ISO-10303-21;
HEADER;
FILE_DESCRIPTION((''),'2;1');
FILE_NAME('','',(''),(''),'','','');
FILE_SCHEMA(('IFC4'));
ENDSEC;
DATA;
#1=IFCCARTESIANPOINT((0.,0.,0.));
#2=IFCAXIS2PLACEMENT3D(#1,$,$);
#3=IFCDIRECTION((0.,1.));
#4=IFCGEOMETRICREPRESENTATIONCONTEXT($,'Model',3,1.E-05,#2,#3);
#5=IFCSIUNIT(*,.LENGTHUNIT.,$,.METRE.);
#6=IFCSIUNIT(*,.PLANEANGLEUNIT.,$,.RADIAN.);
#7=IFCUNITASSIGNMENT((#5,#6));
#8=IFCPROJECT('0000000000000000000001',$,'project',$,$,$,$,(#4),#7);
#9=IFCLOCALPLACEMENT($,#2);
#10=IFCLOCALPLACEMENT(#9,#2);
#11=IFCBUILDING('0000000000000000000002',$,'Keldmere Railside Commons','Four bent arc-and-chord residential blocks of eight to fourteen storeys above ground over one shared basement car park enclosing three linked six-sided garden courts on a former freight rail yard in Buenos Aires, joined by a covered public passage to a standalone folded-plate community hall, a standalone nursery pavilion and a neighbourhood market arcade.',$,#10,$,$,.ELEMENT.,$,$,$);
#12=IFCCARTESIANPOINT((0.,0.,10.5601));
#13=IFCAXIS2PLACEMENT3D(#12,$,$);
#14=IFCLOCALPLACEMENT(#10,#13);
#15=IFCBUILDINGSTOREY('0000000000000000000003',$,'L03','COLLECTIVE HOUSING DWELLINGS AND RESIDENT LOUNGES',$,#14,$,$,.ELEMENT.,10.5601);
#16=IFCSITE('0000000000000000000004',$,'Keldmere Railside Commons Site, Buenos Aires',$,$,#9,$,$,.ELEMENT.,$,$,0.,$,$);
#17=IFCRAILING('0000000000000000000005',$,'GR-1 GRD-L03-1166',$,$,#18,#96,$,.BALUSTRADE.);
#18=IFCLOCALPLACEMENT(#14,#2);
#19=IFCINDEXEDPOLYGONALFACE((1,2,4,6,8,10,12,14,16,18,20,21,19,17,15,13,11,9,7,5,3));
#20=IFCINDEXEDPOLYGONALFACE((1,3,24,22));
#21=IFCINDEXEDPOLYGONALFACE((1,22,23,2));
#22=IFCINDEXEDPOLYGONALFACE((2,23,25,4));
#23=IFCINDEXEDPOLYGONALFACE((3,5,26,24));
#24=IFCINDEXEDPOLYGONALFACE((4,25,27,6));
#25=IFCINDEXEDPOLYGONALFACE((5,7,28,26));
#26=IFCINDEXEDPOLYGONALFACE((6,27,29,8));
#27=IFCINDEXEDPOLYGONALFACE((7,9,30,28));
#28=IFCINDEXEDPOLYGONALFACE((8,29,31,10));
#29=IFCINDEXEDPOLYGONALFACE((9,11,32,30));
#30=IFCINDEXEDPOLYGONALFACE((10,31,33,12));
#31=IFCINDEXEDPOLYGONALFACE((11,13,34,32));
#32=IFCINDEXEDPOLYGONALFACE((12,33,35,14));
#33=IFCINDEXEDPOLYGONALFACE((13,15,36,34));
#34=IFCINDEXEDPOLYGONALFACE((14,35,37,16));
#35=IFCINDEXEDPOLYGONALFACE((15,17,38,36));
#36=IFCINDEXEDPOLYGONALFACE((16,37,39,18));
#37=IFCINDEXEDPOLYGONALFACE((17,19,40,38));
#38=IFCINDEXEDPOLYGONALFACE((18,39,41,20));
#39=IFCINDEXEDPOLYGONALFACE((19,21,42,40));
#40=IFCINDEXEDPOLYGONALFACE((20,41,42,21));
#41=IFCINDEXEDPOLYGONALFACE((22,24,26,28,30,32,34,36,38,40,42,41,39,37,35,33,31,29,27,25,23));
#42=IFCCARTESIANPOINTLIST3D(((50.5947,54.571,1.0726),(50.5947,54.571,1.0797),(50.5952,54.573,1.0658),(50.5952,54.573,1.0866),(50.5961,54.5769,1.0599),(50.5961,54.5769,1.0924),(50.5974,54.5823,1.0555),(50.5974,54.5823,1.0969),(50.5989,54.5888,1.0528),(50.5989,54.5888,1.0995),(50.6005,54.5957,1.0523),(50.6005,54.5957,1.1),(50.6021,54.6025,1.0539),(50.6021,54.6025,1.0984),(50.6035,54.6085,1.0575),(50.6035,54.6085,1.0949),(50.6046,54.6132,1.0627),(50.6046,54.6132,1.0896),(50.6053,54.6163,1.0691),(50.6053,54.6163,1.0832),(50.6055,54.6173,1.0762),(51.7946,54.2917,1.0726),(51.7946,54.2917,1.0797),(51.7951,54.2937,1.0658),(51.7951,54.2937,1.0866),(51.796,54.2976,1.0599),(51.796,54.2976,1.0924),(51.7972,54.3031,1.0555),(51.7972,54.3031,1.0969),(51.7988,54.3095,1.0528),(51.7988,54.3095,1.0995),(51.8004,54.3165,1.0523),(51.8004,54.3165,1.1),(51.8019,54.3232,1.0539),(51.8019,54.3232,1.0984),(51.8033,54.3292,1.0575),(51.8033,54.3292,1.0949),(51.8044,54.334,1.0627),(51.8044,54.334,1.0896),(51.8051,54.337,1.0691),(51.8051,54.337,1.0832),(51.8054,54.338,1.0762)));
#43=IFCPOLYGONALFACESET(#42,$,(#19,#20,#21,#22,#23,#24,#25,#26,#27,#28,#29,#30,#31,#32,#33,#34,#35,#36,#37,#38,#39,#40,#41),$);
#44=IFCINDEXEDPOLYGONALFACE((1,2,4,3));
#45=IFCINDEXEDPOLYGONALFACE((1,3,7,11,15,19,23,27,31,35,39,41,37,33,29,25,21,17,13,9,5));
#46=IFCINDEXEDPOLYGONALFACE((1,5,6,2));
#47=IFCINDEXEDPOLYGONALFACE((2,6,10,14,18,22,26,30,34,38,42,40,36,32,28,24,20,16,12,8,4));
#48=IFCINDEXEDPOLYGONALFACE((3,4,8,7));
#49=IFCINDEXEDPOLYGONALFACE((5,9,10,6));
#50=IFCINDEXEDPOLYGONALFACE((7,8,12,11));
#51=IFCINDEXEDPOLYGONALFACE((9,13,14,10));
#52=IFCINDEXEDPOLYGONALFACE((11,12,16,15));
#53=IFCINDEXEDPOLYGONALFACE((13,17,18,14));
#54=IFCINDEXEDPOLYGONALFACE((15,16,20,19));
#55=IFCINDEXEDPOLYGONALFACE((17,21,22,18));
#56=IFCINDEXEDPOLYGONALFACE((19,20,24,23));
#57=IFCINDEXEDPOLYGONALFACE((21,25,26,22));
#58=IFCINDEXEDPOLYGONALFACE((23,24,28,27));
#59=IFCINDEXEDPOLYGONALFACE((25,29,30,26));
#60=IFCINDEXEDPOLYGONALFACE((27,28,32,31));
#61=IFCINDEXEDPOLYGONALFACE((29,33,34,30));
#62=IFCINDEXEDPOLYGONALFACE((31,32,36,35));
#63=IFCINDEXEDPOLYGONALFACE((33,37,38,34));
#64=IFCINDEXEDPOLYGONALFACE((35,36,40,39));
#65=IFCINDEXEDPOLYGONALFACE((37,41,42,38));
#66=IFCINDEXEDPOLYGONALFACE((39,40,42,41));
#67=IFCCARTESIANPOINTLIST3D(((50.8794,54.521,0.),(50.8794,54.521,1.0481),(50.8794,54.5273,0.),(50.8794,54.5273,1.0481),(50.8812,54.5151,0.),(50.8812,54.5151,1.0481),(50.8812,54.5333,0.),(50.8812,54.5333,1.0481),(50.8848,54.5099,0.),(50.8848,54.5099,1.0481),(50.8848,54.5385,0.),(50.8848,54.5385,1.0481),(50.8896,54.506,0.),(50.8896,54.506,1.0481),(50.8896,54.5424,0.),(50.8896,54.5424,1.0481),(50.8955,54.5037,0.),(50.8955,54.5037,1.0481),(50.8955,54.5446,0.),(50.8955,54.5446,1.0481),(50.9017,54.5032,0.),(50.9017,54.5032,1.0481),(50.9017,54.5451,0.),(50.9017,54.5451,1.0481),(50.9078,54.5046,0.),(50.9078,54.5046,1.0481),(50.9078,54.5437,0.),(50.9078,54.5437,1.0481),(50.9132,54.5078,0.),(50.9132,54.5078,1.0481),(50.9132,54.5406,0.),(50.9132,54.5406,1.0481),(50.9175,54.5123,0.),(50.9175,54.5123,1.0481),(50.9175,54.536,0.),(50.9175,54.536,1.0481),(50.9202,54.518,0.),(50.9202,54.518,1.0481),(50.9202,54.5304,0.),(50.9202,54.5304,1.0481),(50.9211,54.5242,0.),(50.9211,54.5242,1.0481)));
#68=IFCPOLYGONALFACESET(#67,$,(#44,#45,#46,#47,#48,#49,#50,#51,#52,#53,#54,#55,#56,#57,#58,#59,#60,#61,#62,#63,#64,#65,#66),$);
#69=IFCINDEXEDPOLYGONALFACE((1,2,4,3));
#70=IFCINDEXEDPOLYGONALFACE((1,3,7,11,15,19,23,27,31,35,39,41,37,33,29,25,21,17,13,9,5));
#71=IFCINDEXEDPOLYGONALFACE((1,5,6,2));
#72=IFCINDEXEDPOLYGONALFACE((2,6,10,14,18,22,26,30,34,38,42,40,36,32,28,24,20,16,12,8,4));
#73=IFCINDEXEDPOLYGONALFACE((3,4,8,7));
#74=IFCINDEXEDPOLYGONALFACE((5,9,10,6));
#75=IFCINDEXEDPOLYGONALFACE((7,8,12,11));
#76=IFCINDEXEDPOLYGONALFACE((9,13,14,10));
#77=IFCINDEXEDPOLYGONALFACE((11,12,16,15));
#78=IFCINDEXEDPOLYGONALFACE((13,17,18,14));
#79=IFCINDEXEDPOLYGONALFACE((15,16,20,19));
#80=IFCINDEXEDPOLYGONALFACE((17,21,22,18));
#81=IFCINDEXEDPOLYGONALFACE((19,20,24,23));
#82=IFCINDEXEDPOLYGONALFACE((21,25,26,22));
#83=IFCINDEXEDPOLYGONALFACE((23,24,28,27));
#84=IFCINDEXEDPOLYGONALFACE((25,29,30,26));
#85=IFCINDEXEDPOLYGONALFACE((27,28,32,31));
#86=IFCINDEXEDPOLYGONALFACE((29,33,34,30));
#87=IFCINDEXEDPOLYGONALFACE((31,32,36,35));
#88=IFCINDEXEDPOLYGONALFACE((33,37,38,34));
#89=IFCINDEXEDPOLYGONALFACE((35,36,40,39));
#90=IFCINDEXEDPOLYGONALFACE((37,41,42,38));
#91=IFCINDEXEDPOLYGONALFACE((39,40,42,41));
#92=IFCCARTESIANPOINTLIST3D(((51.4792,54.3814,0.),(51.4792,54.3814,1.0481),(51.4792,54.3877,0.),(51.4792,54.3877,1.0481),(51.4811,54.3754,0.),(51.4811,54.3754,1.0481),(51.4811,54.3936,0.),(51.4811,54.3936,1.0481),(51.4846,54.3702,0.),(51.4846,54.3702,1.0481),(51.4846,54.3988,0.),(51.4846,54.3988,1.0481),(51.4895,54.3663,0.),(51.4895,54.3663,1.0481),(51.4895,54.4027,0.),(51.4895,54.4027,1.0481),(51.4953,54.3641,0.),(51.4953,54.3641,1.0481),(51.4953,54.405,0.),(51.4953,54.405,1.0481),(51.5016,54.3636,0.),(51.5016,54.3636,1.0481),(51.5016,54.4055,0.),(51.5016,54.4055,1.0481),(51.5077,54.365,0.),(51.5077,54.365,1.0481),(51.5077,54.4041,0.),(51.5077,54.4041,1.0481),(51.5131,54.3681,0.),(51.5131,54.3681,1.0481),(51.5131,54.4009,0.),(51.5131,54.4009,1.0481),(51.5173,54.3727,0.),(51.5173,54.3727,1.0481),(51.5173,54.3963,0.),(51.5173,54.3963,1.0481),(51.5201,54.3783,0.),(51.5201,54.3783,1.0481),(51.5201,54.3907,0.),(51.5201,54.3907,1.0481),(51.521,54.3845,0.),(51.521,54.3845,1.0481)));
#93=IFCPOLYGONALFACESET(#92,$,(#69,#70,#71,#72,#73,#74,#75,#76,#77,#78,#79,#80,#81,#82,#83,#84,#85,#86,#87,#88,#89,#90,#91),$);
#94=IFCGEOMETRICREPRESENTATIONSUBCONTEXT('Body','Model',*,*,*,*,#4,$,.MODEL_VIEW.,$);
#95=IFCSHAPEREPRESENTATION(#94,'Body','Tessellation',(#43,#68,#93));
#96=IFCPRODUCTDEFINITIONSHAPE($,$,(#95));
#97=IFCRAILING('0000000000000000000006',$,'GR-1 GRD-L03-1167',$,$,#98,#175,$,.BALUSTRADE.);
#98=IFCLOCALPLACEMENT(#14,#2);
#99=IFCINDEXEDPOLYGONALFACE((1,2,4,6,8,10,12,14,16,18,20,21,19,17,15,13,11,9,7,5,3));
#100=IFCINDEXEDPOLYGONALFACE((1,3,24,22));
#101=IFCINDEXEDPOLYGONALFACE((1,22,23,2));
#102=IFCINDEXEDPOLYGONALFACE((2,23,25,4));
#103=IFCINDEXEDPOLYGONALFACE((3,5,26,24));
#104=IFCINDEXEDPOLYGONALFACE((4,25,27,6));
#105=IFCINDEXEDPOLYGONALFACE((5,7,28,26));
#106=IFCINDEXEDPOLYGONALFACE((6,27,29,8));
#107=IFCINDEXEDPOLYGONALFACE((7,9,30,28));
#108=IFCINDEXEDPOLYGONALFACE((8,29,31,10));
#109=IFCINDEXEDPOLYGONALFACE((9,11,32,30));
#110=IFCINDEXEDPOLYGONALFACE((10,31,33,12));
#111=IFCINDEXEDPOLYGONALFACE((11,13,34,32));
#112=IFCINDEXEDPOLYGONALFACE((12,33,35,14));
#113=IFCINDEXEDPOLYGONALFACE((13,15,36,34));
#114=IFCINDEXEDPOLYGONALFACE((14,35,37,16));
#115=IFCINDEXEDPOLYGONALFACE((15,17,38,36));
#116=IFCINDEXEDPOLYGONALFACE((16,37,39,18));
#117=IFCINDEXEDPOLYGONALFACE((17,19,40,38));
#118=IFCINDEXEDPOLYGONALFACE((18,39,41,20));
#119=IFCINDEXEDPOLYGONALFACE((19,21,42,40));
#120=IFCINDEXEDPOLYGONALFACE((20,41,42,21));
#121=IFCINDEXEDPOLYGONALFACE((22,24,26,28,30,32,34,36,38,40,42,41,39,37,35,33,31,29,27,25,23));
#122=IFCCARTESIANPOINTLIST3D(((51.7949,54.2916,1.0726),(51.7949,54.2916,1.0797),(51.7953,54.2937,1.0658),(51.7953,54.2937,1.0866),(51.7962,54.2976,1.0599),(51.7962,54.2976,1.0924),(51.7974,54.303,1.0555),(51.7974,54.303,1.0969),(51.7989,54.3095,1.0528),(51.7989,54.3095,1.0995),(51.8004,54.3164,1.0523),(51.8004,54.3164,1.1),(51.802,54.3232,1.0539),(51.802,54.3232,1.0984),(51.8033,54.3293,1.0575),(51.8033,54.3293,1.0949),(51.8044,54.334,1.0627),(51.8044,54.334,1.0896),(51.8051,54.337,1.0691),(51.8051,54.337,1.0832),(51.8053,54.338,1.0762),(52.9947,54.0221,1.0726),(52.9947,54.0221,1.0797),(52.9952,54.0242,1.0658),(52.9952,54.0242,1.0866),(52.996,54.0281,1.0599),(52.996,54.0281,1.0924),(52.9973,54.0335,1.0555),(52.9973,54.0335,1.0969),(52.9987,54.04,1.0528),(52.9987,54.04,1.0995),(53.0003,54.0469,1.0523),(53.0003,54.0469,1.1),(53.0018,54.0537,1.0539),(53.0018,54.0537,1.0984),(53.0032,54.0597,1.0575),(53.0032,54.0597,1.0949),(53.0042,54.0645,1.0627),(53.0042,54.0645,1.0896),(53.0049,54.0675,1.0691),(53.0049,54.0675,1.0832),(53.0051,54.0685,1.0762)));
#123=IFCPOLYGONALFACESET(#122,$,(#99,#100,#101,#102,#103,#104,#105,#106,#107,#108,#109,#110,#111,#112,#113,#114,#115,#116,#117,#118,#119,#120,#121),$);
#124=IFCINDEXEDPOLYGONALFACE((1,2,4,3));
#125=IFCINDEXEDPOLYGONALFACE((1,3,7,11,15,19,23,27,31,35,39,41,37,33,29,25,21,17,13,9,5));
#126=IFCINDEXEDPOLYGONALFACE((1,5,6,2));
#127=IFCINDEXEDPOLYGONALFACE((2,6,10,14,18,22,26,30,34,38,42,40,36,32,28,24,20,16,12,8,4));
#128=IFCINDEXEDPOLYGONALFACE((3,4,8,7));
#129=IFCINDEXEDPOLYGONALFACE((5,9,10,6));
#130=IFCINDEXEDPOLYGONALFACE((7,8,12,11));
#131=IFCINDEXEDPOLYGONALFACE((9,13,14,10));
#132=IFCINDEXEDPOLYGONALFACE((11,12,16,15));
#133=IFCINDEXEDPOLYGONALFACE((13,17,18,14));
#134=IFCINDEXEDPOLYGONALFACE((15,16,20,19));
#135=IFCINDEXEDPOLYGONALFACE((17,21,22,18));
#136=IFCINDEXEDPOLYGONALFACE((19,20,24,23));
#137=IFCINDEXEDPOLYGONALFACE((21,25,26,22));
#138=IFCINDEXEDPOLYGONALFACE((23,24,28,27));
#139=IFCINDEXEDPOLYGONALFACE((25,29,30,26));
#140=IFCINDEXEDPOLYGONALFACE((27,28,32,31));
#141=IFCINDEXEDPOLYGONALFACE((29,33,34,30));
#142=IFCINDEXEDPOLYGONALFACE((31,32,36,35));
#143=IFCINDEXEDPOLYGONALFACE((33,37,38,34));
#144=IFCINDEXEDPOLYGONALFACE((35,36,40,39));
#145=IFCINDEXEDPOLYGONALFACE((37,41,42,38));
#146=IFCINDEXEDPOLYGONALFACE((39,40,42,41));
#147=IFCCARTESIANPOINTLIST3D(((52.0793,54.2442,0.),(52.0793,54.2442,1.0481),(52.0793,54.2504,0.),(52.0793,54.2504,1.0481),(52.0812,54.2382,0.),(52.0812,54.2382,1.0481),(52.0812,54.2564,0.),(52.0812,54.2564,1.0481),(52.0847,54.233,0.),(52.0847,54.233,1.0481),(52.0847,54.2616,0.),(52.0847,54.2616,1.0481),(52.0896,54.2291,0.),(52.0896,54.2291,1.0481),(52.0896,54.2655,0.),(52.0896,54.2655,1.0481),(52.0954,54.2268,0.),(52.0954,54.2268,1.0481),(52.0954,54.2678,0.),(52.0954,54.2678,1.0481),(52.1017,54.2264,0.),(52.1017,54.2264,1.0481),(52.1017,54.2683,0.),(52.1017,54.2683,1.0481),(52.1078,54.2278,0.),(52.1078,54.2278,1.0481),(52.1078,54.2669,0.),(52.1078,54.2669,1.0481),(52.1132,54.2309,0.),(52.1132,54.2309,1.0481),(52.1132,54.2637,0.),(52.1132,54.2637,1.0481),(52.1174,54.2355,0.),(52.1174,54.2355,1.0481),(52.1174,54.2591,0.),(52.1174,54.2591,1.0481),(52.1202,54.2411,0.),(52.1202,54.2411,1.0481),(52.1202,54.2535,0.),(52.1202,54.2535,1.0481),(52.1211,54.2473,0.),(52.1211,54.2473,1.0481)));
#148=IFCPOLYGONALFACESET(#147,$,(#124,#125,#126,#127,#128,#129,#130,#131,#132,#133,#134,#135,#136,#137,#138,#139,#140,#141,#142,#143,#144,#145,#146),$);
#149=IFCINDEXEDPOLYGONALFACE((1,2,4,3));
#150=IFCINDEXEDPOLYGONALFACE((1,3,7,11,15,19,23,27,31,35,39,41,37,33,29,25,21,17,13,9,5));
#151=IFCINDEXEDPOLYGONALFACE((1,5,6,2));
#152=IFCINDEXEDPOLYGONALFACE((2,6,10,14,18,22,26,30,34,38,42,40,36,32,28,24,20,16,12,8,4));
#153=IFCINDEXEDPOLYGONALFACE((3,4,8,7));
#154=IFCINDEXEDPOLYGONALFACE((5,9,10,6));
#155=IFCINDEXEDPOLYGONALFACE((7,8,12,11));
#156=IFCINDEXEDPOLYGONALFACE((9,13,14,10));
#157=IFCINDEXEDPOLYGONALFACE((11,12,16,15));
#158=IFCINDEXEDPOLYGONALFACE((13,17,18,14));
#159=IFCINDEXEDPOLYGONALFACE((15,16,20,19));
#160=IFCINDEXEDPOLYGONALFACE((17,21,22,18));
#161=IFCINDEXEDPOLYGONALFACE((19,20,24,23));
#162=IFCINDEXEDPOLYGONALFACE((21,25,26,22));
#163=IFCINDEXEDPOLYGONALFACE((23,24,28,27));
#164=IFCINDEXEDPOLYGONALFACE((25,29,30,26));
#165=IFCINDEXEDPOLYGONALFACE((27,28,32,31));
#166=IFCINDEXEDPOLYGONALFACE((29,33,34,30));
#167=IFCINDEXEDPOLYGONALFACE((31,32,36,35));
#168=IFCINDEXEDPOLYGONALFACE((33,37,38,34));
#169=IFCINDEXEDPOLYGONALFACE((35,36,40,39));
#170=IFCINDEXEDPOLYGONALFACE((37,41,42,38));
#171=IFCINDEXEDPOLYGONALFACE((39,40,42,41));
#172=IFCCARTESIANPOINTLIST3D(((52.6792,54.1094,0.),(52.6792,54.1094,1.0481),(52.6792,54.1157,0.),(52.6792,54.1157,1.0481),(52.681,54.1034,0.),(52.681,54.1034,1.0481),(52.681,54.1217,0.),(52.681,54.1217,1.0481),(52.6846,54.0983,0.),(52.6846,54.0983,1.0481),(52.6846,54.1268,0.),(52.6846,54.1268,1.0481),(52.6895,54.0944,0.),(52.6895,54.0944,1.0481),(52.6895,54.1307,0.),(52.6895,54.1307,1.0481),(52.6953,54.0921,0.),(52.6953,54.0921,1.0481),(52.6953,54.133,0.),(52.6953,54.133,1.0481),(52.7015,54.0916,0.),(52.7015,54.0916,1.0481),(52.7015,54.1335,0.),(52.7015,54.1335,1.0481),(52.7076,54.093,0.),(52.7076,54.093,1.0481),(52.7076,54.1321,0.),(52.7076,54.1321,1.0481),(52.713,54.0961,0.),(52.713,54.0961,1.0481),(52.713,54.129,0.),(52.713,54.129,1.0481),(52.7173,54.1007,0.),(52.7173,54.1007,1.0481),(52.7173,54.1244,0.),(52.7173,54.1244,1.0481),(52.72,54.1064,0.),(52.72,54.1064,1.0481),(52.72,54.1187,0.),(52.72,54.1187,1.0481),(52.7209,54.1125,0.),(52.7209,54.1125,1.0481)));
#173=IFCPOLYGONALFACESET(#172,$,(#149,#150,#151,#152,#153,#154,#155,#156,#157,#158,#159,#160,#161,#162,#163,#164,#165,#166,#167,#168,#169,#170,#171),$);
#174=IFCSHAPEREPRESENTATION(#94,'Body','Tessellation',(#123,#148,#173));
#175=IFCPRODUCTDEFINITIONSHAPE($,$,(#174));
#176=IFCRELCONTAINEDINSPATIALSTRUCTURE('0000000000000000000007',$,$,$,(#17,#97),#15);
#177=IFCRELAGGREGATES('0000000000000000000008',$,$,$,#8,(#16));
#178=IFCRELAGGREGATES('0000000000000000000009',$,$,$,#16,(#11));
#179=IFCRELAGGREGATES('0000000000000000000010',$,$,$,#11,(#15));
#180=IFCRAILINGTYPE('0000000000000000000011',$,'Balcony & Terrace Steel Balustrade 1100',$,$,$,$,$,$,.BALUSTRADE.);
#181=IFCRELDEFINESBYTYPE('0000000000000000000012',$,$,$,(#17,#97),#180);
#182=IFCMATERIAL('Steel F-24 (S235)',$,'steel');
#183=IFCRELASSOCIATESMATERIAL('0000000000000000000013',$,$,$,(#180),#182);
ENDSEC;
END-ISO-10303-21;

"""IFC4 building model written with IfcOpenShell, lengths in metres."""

from ifc_helpers import new_model, si_unit, direction, frame, origin, origin_2d, place, context, subcontext, project, spatial, circle, extrude, material, type_object, element, save


model = new_model("IFC4")

# Units and contexts
model_context = context("Model", 3, precision=1e-05, world=origin(), true_north=direction((0.0, 1.0)))
body_context = subcontext(model_context, "Body", "Model", "MODEL_VIEW")
ifc_project = project(units=[si_unit("LENGTHUNIT", "METRE"), si_unit("PLANEANGLEUNIT", "RADIAN")], contexts=[model_context])

# Site, building, storey
site_placement = place(None, origin())
site = spatial("IfcSite", under=ifc_project, at=site_placement, Name="Keldmere Railside Commons Site, Buenos Aires", CompositionType="ELEMENT", RefElevation=0.0)
building_placement = place(site_placement, origin())
building = spatial("IfcBuilding", under=site, at=building_placement, Name="Keldmere Railside Commons", Description="Four bent arc-and-chord residential blocks of eight to fourteen storeys above ground over one shared basement car park enclosing three linked six-sided garden courts on a former freight rail yard in Buenos Aires, joined by a covered public passage to a standalone folded-plate community hall, a standalone nursery pavilion and a neighbourhood market arcade.", CompositionType="ELEMENT")
storey_placement = place(building_placement, frame((0.0, 0.0, 10.5601)))
storey = spatial("IfcBuildingStorey", under=building, at=storey_placement, Name="L03", Description="COLLECTIVE HOUSING DWELLINGS AND RESIDENT LOUNGES", CompositionType="ELEMENT", Elevation=10.5601)

# Railings
ifc_material_1 = material(Name="Steel F-24 (S235)", Category="steel")
railing_type = type_object("IfcRailingType", Name="Balcony & Terrace Steel Balustrade 1100", PredefinedType="BALUSTRADE", material=ifc_material_1)
railing_1_placement = place(storey_placement, frame((50.6001, 54.594, 0.0)))
element("IfcRailing", 1, at=railing_1_placement, inside=storey, type_object=railing_type, Name="GR-1 GRD-L03-1166", PredefinedType="BALUSTRADE", context=body_context, shape_type="SweptSolid", body=[
    extrude(circle(Radius=0.0239, at=origin_2d()), frame((0.0, 0.0, 1.0762), z_axis=(0.973965, -0.226697, 0.0), x_axis=(0.226697, 0.973965, 0.0)), (0.0, 0.0, 1.0), 1.2319),
    extrude(circle(Radius=0.021, at=origin_2d()), frame((0.3, -0.0698, 0.0)), (0.0, 0.0, 1.0), 1.0481),
    extrude(circle(Radius=0.021, at=origin_2d()), frame((0.8999, -0.2095, 0.0)), (0.0, 0.0, 1.0), 1.0481),
])
railing_2_placement = place(storey_placement, frame((51.8, 54.3147, 0.0)))
element("IfcRailing", 2, at=railing_2_placement, inside=storey, type_object=railing_type, Name="GR-1 GRD-L03-1167", PredefinedType="BALUSTRADE", context=body_context, shape_type="SweptSolid", body=[
    extrude(circle(Radius=0.0239, at=origin_2d()), frame((0.0, 0.0, 1.0762), z_axis=(0.975689, -0.219158, 0.0), x_axis=(0.219158, 0.975689, 0.0)), (0.0, 0.0, 1.0), 1.2297),
    extrude(circle(Radius=0.021, at=origin_2d()), frame((0.3, -0.0674, 0.0)), (0.0, 0.0, 1.0), 1.0481),
    extrude(circle(Radius=0.021, at=origin_2d()), frame((0.8999, -0.2021, 0.0)), (0.0, 0.0, 1.0), 1.0481),
])

save(model, "model.ifc")
